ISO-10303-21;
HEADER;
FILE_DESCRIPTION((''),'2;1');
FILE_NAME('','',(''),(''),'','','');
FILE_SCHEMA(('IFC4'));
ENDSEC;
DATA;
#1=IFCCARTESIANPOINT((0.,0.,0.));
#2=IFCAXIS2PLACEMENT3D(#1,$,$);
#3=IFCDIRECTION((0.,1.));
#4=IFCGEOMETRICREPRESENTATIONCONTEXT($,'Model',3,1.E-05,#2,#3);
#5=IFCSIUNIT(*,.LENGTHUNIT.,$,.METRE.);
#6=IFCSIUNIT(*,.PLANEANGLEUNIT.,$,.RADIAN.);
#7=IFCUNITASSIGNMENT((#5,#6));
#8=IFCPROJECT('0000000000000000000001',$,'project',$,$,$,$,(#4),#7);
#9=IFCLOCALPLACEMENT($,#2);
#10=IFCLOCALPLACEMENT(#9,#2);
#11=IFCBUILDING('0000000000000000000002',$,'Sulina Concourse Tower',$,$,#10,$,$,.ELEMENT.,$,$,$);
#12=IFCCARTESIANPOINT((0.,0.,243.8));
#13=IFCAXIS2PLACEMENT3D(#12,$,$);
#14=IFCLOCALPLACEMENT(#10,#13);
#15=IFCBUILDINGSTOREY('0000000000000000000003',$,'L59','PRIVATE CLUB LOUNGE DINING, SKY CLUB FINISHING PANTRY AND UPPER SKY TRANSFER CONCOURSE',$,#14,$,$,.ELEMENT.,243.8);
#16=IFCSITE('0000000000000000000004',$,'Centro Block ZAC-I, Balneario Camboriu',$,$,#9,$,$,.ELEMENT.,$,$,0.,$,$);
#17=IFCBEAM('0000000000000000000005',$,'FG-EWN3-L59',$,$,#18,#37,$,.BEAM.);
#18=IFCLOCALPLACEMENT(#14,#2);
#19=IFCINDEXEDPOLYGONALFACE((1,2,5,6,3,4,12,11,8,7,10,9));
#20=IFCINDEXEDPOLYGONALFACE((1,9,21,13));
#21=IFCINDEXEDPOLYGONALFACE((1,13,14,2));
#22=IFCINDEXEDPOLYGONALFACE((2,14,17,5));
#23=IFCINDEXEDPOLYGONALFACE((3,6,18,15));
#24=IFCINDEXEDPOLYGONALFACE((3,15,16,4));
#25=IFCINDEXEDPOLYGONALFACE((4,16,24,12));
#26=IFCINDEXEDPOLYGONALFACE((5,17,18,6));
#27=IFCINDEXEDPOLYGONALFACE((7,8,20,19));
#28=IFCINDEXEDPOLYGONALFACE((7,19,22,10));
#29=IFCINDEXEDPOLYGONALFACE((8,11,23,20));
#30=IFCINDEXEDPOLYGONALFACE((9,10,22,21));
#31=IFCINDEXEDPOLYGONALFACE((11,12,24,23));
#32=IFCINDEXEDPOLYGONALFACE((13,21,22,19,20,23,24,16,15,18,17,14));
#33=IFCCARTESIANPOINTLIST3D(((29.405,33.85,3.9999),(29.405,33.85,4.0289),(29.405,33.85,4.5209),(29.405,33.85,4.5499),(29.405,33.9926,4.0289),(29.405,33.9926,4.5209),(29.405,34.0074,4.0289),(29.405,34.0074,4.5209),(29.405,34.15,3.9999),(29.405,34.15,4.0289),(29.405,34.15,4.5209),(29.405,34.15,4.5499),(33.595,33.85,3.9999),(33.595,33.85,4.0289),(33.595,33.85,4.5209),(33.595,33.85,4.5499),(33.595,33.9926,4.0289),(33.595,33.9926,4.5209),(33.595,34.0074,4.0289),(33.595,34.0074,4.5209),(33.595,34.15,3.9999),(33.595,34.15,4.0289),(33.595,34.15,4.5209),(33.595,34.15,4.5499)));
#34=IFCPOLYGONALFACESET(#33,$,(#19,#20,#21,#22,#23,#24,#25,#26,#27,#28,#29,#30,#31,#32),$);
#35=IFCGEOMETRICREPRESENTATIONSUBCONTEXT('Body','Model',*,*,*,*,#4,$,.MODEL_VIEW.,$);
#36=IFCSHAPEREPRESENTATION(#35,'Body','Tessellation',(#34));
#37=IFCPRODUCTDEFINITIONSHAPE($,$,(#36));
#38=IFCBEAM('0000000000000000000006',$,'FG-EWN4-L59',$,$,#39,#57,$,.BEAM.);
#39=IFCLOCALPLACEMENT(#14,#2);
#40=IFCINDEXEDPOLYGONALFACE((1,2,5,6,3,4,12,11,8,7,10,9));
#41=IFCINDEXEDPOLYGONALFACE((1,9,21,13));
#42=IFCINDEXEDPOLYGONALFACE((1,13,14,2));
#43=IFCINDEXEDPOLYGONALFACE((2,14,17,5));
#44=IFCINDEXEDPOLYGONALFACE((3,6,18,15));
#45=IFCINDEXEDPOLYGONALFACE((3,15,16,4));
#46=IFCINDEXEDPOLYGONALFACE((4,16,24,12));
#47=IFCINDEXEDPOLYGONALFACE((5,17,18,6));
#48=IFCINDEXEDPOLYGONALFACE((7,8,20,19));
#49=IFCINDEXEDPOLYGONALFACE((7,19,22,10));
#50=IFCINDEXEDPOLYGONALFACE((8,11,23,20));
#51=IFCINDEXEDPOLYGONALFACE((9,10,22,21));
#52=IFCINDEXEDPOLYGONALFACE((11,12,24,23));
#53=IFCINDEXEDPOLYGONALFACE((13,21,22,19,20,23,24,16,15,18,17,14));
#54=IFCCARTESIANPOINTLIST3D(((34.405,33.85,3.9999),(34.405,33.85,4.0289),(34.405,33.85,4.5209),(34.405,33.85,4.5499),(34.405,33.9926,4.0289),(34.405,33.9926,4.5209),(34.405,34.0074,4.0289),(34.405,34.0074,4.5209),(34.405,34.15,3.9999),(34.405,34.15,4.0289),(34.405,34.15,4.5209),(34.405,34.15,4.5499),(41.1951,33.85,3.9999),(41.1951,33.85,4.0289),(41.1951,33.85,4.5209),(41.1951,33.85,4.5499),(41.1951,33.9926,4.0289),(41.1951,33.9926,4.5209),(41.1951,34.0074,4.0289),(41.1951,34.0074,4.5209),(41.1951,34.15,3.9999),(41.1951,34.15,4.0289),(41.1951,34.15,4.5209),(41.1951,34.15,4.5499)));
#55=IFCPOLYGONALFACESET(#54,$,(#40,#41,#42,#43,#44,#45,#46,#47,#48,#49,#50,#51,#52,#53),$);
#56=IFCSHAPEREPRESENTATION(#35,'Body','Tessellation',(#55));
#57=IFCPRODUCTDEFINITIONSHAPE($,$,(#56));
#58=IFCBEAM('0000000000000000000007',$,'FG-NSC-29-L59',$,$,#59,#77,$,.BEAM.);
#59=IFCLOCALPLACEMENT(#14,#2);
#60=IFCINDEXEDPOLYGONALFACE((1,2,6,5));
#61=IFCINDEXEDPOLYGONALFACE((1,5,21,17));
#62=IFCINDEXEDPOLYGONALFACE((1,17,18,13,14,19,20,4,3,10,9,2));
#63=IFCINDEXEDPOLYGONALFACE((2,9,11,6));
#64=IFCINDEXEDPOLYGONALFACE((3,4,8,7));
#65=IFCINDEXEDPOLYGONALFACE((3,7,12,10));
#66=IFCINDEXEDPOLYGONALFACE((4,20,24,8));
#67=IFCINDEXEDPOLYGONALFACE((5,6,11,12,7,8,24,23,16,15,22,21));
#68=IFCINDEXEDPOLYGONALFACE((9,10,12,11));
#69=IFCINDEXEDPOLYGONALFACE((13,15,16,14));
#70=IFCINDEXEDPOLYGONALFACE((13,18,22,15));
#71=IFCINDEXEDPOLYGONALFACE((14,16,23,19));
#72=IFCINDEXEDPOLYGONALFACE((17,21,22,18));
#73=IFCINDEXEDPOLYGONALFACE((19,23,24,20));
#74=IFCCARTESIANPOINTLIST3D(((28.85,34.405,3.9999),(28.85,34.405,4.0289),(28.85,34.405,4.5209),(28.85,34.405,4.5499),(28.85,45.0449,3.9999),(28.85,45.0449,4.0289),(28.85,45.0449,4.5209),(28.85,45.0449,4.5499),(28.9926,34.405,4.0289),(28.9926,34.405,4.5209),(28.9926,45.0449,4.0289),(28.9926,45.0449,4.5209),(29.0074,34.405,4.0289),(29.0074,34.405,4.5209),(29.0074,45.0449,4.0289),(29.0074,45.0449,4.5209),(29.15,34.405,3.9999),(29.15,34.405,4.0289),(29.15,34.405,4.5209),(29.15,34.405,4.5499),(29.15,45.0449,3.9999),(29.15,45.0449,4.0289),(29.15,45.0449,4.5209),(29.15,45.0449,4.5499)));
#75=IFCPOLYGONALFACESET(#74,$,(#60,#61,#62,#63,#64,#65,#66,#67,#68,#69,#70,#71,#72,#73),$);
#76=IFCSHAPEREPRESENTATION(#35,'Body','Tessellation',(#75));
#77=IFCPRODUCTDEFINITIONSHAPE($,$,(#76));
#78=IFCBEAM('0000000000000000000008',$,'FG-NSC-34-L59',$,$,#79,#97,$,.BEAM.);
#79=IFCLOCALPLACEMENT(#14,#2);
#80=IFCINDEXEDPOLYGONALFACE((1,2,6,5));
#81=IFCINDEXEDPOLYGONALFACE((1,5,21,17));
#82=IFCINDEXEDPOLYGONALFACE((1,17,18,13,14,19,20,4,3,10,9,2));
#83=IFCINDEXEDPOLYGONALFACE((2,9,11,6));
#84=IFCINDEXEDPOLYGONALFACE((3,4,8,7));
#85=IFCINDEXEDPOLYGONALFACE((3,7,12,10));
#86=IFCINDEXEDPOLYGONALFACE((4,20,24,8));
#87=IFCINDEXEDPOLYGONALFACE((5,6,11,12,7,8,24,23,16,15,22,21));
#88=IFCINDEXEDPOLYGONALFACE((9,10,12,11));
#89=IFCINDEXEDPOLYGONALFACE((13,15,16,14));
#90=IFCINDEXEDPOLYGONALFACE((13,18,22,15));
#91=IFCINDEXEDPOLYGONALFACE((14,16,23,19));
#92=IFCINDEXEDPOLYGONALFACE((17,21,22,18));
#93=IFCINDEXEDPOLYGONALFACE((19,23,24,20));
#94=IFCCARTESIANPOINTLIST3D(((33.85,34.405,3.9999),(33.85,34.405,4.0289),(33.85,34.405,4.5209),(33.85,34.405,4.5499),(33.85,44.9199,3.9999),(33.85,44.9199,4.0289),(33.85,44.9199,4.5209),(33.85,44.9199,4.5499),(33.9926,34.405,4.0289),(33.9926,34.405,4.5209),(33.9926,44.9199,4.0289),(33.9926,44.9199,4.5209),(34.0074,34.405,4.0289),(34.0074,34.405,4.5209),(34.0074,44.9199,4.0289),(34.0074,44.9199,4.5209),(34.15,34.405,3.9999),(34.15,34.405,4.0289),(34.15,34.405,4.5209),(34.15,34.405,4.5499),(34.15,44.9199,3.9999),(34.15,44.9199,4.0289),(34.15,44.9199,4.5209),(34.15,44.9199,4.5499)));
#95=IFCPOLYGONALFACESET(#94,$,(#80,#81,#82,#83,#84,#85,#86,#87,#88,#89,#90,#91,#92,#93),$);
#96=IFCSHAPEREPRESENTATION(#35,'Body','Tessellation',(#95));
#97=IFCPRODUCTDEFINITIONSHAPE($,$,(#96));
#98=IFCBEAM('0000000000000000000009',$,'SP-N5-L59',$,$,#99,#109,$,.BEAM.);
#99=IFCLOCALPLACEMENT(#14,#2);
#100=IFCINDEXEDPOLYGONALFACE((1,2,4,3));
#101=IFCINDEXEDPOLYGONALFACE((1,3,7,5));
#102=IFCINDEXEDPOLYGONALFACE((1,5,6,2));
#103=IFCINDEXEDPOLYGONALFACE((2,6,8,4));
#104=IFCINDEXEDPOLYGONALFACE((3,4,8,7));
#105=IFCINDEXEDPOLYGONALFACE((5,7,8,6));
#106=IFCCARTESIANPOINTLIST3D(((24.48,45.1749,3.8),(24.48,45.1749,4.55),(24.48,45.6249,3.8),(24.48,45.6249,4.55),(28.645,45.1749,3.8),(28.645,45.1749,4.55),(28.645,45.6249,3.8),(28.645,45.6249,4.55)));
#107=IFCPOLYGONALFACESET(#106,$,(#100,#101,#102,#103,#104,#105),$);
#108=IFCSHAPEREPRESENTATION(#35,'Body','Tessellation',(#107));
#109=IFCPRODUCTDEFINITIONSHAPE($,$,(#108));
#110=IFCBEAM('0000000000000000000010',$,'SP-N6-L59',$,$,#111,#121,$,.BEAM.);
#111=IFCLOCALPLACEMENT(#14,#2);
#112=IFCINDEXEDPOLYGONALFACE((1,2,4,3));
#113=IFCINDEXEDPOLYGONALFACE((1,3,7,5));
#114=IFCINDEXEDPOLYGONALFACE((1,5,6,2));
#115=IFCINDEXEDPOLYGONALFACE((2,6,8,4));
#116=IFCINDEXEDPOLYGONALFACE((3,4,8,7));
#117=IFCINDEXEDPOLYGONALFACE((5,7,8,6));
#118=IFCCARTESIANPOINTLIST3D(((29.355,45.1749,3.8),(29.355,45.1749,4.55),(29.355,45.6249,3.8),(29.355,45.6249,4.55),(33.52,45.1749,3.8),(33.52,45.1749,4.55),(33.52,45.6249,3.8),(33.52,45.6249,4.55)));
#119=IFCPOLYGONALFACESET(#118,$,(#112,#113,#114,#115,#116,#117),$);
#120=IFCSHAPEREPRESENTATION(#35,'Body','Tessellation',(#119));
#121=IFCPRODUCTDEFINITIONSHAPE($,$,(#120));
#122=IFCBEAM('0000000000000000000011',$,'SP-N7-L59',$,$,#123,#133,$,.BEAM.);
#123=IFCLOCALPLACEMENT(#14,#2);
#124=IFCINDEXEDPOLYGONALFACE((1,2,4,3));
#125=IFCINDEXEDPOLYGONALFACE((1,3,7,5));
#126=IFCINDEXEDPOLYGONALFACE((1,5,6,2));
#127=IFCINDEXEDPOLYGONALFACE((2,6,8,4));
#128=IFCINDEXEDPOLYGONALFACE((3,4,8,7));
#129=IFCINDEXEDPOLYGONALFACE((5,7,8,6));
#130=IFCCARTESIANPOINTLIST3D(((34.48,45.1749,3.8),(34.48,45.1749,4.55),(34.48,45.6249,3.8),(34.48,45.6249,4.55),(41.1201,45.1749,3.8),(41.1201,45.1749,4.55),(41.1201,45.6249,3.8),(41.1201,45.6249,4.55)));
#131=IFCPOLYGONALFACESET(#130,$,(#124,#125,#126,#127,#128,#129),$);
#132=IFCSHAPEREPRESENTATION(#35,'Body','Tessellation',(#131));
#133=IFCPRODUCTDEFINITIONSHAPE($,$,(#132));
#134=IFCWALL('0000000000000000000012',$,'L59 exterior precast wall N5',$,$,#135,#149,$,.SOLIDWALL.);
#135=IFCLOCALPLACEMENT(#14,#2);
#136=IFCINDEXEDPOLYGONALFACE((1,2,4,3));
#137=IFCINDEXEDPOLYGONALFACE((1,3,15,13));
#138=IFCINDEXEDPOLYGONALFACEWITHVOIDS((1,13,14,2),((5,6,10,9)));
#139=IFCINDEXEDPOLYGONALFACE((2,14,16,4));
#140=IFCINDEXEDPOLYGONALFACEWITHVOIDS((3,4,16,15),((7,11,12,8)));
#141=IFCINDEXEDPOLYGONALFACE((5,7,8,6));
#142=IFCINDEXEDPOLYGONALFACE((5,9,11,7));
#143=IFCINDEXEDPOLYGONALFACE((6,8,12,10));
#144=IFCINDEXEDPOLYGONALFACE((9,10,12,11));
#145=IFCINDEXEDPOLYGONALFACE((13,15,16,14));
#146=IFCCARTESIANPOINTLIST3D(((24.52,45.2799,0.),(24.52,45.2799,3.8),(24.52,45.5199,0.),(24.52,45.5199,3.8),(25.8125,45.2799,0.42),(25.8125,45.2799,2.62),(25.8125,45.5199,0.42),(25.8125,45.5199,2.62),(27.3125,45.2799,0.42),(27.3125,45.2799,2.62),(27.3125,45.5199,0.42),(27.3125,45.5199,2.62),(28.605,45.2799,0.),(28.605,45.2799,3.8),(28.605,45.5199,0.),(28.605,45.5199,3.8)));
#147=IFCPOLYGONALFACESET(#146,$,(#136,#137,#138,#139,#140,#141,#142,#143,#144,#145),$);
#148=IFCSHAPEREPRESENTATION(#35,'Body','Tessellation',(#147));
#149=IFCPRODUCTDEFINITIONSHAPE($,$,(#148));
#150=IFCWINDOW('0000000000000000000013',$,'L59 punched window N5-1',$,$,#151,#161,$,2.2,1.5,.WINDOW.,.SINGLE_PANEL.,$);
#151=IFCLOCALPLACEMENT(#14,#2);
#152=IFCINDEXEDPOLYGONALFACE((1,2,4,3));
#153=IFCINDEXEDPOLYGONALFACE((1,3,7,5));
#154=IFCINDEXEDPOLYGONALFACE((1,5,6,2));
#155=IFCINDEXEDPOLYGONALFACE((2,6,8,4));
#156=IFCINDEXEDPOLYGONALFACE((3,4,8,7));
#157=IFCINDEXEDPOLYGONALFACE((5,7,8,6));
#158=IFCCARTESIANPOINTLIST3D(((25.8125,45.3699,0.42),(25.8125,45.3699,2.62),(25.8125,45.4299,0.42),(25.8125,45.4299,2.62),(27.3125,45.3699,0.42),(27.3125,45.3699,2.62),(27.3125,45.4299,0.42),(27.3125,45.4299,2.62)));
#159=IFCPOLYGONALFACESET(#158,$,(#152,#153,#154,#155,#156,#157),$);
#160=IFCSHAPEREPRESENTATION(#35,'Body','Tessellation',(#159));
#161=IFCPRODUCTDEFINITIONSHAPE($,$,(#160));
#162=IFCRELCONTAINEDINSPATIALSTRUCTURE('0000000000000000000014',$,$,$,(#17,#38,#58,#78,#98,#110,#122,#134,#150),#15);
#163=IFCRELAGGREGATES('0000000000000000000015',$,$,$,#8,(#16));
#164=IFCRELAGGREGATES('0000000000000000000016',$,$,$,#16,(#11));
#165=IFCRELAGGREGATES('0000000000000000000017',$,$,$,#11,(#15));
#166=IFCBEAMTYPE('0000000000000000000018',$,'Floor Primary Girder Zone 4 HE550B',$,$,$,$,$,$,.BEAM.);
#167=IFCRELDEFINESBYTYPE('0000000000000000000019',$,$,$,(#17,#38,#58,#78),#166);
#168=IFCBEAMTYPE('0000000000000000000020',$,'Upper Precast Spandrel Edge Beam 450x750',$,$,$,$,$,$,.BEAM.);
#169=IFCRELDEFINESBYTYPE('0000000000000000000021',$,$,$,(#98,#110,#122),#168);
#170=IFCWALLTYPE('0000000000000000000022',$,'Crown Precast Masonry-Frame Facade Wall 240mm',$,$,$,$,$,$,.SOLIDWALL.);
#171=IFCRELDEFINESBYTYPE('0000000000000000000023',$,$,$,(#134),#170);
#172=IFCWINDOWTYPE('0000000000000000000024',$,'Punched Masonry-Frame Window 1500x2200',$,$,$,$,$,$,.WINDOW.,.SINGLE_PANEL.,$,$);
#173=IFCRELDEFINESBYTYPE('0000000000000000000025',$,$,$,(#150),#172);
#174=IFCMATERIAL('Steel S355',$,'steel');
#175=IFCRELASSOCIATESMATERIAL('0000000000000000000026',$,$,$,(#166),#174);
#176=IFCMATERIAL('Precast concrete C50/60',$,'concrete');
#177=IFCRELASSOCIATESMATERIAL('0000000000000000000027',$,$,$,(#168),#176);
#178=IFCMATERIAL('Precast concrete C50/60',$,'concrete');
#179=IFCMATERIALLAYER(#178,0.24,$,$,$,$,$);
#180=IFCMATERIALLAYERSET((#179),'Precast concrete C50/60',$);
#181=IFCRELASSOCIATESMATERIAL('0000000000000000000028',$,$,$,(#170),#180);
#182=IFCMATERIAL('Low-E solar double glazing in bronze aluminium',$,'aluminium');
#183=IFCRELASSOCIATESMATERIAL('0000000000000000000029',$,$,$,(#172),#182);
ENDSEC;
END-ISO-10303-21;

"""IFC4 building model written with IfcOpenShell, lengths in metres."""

from ifc_helpers import new_model, si_unit, direction, frame, frame_2d, origin, origin_2d, place, context, subcontext, project, spatial, rectangle, i_section, extrude, material, layer, layer_set, material_profile, profile_set, type_object, element, fill, save


model = new_model("IFC4")

# Units and contexts
model_context = context("Model", 3, precision=1e-05, world=origin(), true_north=direction((0.0, 1.0)))
body_context = subcontext(model_context, "Body", "Model", "MODEL_VIEW")
ifc_project = project(units=[si_unit("LENGTHUNIT", "METRE"), si_unit("PLANEANGLEUNIT", "RADIAN")], contexts=[model_context])

# Site, building, storey
site_placement = place(None, origin())
site = spatial("IfcSite", under=ifc_project, at=site_placement, Name="Centro Block ZAC-I, Balneario Camboriu", CompositionType="ELEMENT", RefElevation=0.0)
building_placement = place(site_placement, origin())
building = spatial("IfcBuilding", under=site, at=building_placement, Name="Sulina Concourse Tower", CompositionType="ELEMENT")
storey_placement = place(building_placement, frame((0.0, 0.0, 243.8)))
storey = spatial("IfcBuildingStorey", under=building, at=storey_placement, Name="L59", Description="PRIVATE CLUB LOUNGE DINING, SKY CLUB FINISHING PANTRY AND UPPER SKY TRANSFER CONCOURSE", CompositionType="ELEMENT", Elevation=243.8)

# Beams
ifc_material_1 = material(Name="Steel S355", Category="steel")
ifc_material_profile_1 = material_profile(ifc_material_1, i_section(OverallWidth=0.3, OverallDepth=0.55, WebThickness=0.0149, FlangeThickness=0.0291, at=origin_2d()), Name="HE 550 B")
ifc_profile_set_1 = profile_set([ifc_material_profile_1], Name="Steel S355")
beam_type_1 = type_object("IfcBeamType", Name="Floor Primary Girder Zone 4 HE550B", PredefinedType="BEAM", material=ifc_profile_set_1)
beam_1_placement = place(storey_placement, frame((29.405, 34.0, 4.2749), z_axis=(1.0, 0.0, 0.0), x_axis=(0.0, 1.0, 0.0)))
element("IfcBeam", 1, at=beam_1_placement, inside=storey, type_object=beam_type_1, Name="FG-EWN3-L59", PredefinedType="BEAM", context=body_context, shape_type="SweptSolid", body=[
    extrude(i_section(OverallWidth=0.3, OverallDepth=0.55, WebThickness=0.0149, FlangeThickness=0.0291, at=origin_2d()), origin(), (0.0, 0.0, 1.0), 4.1899),
])
beam_2_placement = place(storey_placement, frame((34.405, 34.0, 4.2749), z_axis=(1.0, 0.0, 0.0), x_axis=(0.0, 1.0, 0.0)))
element("IfcBeam", 2, at=beam_2_placement, inside=storey, type_object=beam_type_1, Name="FG-EWN4-L59", PredefinedType="BEAM", context=body_context, shape_type="SweptSolid", body=[
    extrude(i_section(OverallWidth=0.3, OverallDepth=0.55, WebThickness=0.0149, FlangeThickness=0.0291, at=origin_2d()), origin(), (0.0, 0.0, 1.0), 6.79),
])
beam_3_placement = place(storey_placement, frame((29.0, 34.405, 4.2749), z_axis=(0.0, 1.0, 0.0), x_axis=(-1.0, 0.0, 0.0)))
element("IfcBeam", 3, at=beam_3_placement, inside=storey, type_object=beam_type_1, Name="FG-NSC-29-L59", PredefinedType="BEAM", context=body_context, shape_type="SweptSolid", body=[
    extrude(i_section(OverallWidth=0.3, OverallDepth=0.55, WebThickness=0.0149, FlangeThickness=0.0291, at=origin_2d()), origin(), (0.0, 0.0, 1.0), 10.6399),
])
beam_4_placement = place(storey_placement, frame((34.0, 34.405, 4.2749), z_axis=(0.0, 1.0, 0.0), x_axis=(-1.0, 0.0, 0.0)))
element("IfcBeam", 4, at=beam_4_placement, inside=storey, type_object=beam_type_1, Name="FG-NSC-34-L59", PredefinedType="BEAM", context=body_context, shape_type="SweptSolid", body=[
    extrude(i_section(OverallWidth=0.3, OverallDepth=0.55, WebThickness=0.0149, FlangeThickness=0.0291, at=origin_2d()), origin(), (0.0, 0.0, 1.0), 10.5149),
])
ifc_material_2 = material(Name="Precast concrete C50/60", Category="concrete")
ifc_material_profile_2 = material_profile(ifc_material_2, rectangle(XDim=0.45, YDim=0.75, at=origin_2d()), Name="RC 450x750")
ifc_profile_set_2 = profile_set([ifc_material_profile_2], Name="Precast concrete C50/60")
beam_type_2 = type_object("IfcBeamType", Name="Upper Precast Spandrel Edge Beam 450x750", PredefinedType="BEAM", material=ifc_profile_set_2)
for number, where, z_axis, x_axis, name in (
    (5, (24.48, 45.3999, 4.175), (1.0, 0.0, 0.0), (0.0, 1.0, 0.0), "SP-N5-L59"),
    (6, (29.355, 45.3999, 4.175), (1.0, 0.0, 0.0), (0.0, 1.0, 0.0), "SP-N6-L59"),
):
    element("IfcBeam", number, at=place(storey_placement, frame(where, z_axis=z_axis, x_axis=x_axis)), inside=storey, type_object=beam_type_2, Name=name, PredefinedType="BEAM", context=body_context, shape_type="SweptSolid", body=[
        extrude(rectangle(XDim=0.45, YDim=0.75, at=origin_2d()), origin(), (0.0, 0.0, 1.0), 4.165),
    ])
beam_5_placement = place(storey_placement, frame((34.48, 45.3999, 4.175), z_axis=(1.0, 0.0, 0.0), x_axis=(0.0, 1.0, 0.0)))
element("IfcBeam", 7, at=beam_5_placement, inside=storey, type_object=beam_type_2, Name="SP-N7-L59", PredefinedType="BEAM", context=body_context, shape_type="SweptSolid", body=[
    extrude(rectangle(XDim=0.45, YDim=0.75, at=origin_2d()), origin(), (0.0, 0.0, 1.0), 6.6401),
])

# Wall, opening, window
ifc_material_3 = material(Name="Precast concrete C50/60", Category="concrete")
ifc_layer_1 = layer(ifc_material_3, 0.24)
ifc_layer_set_1 = layer_set([ifc_layer_1], Name="Precast concrete C50/60")
wall_type_1 = type_object("IfcWallType", Name="Crown Precast Masonry-Frame Facade Wall 240mm", PredefinedType="SOLIDWALL", material=ifc_layer_set_1)
wall_1_placement = place(storey_placement, frame((24.52, 45.3999, 0.0), z_axis=(0.0, 0.0, 1.0), x_axis=(1.0, 0.0, 0.0)))
wall_1 = element("IfcWall", 8, at=wall_1_placement, inside=storey, type_object=wall_type_1, Name="L59 exterior precast wall N5", PredefinedType="SOLIDWALL", context=body_context, shape_type="SweptSolid", body=[
    extrude(rectangle(XDim=4.085, YDim=0.24, at=frame_2d((2.0425, 0.0))), origin(), (0.0, 0.0, 1.0), 3.8),
])
opening_1_placement = place(wall_1_placement, frame((1.2925, 0.0, 0.4199)))
opening_1 = element("IfcOpeningElement", 9, at=opening_1_placement, cuts=wall_1, PredefinedType="OPENING", context=body_context, shape_type="SweptSolid", body=[
    extrude(rectangle(XDim=1.5, YDim=2.2, at=frame_2d((0.75, 1.1001))), frame((0.0, 0.1299, 0.0), z_axis=(0.0, -1.0, 0.0), x_axis=(1.0, 0.0, 0.0)), (0.0, 0.0, 1.0), 0.26),
])
ifc_material_4 = material(Name="Low-E solar double glazing in bronze aluminium", Category="aluminium")
window_type = type_object("IfcWindowType", Name="Punched Masonry-Frame Window 1500x2200", PartitioningType="SINGLE_PANEL", PredefinedType="WINDOW", material=ifc_material_4)
window_1_placement = place(opening_1_placement, origin())
window_1 = element("IfcWindow", 10, at=window_1_placement, inside=storey, type_object=window_type, Name="L59 punched window N5-1", OverallHeight=2.2, OverallWidth=1.5, PartitioningType="SINGLE_PANEL", PredefinedType="WINDOW", context=body_context, shape_type="SweptSolid", body=[
    extrude(rectangle(XDim=1.5, YDim=2.2, at=frame_2d((0.75, 1.1001))), frame((0.0, 0.03, 0.0), z_axis=(0.0, -1.0, 0.0), x_axis=(1.0, 0.0, 0.0)), (0.0, 0.0, 1.0), 0.0601),
])
fill(opening_1, window_1)

save(model, "model.ifc")
